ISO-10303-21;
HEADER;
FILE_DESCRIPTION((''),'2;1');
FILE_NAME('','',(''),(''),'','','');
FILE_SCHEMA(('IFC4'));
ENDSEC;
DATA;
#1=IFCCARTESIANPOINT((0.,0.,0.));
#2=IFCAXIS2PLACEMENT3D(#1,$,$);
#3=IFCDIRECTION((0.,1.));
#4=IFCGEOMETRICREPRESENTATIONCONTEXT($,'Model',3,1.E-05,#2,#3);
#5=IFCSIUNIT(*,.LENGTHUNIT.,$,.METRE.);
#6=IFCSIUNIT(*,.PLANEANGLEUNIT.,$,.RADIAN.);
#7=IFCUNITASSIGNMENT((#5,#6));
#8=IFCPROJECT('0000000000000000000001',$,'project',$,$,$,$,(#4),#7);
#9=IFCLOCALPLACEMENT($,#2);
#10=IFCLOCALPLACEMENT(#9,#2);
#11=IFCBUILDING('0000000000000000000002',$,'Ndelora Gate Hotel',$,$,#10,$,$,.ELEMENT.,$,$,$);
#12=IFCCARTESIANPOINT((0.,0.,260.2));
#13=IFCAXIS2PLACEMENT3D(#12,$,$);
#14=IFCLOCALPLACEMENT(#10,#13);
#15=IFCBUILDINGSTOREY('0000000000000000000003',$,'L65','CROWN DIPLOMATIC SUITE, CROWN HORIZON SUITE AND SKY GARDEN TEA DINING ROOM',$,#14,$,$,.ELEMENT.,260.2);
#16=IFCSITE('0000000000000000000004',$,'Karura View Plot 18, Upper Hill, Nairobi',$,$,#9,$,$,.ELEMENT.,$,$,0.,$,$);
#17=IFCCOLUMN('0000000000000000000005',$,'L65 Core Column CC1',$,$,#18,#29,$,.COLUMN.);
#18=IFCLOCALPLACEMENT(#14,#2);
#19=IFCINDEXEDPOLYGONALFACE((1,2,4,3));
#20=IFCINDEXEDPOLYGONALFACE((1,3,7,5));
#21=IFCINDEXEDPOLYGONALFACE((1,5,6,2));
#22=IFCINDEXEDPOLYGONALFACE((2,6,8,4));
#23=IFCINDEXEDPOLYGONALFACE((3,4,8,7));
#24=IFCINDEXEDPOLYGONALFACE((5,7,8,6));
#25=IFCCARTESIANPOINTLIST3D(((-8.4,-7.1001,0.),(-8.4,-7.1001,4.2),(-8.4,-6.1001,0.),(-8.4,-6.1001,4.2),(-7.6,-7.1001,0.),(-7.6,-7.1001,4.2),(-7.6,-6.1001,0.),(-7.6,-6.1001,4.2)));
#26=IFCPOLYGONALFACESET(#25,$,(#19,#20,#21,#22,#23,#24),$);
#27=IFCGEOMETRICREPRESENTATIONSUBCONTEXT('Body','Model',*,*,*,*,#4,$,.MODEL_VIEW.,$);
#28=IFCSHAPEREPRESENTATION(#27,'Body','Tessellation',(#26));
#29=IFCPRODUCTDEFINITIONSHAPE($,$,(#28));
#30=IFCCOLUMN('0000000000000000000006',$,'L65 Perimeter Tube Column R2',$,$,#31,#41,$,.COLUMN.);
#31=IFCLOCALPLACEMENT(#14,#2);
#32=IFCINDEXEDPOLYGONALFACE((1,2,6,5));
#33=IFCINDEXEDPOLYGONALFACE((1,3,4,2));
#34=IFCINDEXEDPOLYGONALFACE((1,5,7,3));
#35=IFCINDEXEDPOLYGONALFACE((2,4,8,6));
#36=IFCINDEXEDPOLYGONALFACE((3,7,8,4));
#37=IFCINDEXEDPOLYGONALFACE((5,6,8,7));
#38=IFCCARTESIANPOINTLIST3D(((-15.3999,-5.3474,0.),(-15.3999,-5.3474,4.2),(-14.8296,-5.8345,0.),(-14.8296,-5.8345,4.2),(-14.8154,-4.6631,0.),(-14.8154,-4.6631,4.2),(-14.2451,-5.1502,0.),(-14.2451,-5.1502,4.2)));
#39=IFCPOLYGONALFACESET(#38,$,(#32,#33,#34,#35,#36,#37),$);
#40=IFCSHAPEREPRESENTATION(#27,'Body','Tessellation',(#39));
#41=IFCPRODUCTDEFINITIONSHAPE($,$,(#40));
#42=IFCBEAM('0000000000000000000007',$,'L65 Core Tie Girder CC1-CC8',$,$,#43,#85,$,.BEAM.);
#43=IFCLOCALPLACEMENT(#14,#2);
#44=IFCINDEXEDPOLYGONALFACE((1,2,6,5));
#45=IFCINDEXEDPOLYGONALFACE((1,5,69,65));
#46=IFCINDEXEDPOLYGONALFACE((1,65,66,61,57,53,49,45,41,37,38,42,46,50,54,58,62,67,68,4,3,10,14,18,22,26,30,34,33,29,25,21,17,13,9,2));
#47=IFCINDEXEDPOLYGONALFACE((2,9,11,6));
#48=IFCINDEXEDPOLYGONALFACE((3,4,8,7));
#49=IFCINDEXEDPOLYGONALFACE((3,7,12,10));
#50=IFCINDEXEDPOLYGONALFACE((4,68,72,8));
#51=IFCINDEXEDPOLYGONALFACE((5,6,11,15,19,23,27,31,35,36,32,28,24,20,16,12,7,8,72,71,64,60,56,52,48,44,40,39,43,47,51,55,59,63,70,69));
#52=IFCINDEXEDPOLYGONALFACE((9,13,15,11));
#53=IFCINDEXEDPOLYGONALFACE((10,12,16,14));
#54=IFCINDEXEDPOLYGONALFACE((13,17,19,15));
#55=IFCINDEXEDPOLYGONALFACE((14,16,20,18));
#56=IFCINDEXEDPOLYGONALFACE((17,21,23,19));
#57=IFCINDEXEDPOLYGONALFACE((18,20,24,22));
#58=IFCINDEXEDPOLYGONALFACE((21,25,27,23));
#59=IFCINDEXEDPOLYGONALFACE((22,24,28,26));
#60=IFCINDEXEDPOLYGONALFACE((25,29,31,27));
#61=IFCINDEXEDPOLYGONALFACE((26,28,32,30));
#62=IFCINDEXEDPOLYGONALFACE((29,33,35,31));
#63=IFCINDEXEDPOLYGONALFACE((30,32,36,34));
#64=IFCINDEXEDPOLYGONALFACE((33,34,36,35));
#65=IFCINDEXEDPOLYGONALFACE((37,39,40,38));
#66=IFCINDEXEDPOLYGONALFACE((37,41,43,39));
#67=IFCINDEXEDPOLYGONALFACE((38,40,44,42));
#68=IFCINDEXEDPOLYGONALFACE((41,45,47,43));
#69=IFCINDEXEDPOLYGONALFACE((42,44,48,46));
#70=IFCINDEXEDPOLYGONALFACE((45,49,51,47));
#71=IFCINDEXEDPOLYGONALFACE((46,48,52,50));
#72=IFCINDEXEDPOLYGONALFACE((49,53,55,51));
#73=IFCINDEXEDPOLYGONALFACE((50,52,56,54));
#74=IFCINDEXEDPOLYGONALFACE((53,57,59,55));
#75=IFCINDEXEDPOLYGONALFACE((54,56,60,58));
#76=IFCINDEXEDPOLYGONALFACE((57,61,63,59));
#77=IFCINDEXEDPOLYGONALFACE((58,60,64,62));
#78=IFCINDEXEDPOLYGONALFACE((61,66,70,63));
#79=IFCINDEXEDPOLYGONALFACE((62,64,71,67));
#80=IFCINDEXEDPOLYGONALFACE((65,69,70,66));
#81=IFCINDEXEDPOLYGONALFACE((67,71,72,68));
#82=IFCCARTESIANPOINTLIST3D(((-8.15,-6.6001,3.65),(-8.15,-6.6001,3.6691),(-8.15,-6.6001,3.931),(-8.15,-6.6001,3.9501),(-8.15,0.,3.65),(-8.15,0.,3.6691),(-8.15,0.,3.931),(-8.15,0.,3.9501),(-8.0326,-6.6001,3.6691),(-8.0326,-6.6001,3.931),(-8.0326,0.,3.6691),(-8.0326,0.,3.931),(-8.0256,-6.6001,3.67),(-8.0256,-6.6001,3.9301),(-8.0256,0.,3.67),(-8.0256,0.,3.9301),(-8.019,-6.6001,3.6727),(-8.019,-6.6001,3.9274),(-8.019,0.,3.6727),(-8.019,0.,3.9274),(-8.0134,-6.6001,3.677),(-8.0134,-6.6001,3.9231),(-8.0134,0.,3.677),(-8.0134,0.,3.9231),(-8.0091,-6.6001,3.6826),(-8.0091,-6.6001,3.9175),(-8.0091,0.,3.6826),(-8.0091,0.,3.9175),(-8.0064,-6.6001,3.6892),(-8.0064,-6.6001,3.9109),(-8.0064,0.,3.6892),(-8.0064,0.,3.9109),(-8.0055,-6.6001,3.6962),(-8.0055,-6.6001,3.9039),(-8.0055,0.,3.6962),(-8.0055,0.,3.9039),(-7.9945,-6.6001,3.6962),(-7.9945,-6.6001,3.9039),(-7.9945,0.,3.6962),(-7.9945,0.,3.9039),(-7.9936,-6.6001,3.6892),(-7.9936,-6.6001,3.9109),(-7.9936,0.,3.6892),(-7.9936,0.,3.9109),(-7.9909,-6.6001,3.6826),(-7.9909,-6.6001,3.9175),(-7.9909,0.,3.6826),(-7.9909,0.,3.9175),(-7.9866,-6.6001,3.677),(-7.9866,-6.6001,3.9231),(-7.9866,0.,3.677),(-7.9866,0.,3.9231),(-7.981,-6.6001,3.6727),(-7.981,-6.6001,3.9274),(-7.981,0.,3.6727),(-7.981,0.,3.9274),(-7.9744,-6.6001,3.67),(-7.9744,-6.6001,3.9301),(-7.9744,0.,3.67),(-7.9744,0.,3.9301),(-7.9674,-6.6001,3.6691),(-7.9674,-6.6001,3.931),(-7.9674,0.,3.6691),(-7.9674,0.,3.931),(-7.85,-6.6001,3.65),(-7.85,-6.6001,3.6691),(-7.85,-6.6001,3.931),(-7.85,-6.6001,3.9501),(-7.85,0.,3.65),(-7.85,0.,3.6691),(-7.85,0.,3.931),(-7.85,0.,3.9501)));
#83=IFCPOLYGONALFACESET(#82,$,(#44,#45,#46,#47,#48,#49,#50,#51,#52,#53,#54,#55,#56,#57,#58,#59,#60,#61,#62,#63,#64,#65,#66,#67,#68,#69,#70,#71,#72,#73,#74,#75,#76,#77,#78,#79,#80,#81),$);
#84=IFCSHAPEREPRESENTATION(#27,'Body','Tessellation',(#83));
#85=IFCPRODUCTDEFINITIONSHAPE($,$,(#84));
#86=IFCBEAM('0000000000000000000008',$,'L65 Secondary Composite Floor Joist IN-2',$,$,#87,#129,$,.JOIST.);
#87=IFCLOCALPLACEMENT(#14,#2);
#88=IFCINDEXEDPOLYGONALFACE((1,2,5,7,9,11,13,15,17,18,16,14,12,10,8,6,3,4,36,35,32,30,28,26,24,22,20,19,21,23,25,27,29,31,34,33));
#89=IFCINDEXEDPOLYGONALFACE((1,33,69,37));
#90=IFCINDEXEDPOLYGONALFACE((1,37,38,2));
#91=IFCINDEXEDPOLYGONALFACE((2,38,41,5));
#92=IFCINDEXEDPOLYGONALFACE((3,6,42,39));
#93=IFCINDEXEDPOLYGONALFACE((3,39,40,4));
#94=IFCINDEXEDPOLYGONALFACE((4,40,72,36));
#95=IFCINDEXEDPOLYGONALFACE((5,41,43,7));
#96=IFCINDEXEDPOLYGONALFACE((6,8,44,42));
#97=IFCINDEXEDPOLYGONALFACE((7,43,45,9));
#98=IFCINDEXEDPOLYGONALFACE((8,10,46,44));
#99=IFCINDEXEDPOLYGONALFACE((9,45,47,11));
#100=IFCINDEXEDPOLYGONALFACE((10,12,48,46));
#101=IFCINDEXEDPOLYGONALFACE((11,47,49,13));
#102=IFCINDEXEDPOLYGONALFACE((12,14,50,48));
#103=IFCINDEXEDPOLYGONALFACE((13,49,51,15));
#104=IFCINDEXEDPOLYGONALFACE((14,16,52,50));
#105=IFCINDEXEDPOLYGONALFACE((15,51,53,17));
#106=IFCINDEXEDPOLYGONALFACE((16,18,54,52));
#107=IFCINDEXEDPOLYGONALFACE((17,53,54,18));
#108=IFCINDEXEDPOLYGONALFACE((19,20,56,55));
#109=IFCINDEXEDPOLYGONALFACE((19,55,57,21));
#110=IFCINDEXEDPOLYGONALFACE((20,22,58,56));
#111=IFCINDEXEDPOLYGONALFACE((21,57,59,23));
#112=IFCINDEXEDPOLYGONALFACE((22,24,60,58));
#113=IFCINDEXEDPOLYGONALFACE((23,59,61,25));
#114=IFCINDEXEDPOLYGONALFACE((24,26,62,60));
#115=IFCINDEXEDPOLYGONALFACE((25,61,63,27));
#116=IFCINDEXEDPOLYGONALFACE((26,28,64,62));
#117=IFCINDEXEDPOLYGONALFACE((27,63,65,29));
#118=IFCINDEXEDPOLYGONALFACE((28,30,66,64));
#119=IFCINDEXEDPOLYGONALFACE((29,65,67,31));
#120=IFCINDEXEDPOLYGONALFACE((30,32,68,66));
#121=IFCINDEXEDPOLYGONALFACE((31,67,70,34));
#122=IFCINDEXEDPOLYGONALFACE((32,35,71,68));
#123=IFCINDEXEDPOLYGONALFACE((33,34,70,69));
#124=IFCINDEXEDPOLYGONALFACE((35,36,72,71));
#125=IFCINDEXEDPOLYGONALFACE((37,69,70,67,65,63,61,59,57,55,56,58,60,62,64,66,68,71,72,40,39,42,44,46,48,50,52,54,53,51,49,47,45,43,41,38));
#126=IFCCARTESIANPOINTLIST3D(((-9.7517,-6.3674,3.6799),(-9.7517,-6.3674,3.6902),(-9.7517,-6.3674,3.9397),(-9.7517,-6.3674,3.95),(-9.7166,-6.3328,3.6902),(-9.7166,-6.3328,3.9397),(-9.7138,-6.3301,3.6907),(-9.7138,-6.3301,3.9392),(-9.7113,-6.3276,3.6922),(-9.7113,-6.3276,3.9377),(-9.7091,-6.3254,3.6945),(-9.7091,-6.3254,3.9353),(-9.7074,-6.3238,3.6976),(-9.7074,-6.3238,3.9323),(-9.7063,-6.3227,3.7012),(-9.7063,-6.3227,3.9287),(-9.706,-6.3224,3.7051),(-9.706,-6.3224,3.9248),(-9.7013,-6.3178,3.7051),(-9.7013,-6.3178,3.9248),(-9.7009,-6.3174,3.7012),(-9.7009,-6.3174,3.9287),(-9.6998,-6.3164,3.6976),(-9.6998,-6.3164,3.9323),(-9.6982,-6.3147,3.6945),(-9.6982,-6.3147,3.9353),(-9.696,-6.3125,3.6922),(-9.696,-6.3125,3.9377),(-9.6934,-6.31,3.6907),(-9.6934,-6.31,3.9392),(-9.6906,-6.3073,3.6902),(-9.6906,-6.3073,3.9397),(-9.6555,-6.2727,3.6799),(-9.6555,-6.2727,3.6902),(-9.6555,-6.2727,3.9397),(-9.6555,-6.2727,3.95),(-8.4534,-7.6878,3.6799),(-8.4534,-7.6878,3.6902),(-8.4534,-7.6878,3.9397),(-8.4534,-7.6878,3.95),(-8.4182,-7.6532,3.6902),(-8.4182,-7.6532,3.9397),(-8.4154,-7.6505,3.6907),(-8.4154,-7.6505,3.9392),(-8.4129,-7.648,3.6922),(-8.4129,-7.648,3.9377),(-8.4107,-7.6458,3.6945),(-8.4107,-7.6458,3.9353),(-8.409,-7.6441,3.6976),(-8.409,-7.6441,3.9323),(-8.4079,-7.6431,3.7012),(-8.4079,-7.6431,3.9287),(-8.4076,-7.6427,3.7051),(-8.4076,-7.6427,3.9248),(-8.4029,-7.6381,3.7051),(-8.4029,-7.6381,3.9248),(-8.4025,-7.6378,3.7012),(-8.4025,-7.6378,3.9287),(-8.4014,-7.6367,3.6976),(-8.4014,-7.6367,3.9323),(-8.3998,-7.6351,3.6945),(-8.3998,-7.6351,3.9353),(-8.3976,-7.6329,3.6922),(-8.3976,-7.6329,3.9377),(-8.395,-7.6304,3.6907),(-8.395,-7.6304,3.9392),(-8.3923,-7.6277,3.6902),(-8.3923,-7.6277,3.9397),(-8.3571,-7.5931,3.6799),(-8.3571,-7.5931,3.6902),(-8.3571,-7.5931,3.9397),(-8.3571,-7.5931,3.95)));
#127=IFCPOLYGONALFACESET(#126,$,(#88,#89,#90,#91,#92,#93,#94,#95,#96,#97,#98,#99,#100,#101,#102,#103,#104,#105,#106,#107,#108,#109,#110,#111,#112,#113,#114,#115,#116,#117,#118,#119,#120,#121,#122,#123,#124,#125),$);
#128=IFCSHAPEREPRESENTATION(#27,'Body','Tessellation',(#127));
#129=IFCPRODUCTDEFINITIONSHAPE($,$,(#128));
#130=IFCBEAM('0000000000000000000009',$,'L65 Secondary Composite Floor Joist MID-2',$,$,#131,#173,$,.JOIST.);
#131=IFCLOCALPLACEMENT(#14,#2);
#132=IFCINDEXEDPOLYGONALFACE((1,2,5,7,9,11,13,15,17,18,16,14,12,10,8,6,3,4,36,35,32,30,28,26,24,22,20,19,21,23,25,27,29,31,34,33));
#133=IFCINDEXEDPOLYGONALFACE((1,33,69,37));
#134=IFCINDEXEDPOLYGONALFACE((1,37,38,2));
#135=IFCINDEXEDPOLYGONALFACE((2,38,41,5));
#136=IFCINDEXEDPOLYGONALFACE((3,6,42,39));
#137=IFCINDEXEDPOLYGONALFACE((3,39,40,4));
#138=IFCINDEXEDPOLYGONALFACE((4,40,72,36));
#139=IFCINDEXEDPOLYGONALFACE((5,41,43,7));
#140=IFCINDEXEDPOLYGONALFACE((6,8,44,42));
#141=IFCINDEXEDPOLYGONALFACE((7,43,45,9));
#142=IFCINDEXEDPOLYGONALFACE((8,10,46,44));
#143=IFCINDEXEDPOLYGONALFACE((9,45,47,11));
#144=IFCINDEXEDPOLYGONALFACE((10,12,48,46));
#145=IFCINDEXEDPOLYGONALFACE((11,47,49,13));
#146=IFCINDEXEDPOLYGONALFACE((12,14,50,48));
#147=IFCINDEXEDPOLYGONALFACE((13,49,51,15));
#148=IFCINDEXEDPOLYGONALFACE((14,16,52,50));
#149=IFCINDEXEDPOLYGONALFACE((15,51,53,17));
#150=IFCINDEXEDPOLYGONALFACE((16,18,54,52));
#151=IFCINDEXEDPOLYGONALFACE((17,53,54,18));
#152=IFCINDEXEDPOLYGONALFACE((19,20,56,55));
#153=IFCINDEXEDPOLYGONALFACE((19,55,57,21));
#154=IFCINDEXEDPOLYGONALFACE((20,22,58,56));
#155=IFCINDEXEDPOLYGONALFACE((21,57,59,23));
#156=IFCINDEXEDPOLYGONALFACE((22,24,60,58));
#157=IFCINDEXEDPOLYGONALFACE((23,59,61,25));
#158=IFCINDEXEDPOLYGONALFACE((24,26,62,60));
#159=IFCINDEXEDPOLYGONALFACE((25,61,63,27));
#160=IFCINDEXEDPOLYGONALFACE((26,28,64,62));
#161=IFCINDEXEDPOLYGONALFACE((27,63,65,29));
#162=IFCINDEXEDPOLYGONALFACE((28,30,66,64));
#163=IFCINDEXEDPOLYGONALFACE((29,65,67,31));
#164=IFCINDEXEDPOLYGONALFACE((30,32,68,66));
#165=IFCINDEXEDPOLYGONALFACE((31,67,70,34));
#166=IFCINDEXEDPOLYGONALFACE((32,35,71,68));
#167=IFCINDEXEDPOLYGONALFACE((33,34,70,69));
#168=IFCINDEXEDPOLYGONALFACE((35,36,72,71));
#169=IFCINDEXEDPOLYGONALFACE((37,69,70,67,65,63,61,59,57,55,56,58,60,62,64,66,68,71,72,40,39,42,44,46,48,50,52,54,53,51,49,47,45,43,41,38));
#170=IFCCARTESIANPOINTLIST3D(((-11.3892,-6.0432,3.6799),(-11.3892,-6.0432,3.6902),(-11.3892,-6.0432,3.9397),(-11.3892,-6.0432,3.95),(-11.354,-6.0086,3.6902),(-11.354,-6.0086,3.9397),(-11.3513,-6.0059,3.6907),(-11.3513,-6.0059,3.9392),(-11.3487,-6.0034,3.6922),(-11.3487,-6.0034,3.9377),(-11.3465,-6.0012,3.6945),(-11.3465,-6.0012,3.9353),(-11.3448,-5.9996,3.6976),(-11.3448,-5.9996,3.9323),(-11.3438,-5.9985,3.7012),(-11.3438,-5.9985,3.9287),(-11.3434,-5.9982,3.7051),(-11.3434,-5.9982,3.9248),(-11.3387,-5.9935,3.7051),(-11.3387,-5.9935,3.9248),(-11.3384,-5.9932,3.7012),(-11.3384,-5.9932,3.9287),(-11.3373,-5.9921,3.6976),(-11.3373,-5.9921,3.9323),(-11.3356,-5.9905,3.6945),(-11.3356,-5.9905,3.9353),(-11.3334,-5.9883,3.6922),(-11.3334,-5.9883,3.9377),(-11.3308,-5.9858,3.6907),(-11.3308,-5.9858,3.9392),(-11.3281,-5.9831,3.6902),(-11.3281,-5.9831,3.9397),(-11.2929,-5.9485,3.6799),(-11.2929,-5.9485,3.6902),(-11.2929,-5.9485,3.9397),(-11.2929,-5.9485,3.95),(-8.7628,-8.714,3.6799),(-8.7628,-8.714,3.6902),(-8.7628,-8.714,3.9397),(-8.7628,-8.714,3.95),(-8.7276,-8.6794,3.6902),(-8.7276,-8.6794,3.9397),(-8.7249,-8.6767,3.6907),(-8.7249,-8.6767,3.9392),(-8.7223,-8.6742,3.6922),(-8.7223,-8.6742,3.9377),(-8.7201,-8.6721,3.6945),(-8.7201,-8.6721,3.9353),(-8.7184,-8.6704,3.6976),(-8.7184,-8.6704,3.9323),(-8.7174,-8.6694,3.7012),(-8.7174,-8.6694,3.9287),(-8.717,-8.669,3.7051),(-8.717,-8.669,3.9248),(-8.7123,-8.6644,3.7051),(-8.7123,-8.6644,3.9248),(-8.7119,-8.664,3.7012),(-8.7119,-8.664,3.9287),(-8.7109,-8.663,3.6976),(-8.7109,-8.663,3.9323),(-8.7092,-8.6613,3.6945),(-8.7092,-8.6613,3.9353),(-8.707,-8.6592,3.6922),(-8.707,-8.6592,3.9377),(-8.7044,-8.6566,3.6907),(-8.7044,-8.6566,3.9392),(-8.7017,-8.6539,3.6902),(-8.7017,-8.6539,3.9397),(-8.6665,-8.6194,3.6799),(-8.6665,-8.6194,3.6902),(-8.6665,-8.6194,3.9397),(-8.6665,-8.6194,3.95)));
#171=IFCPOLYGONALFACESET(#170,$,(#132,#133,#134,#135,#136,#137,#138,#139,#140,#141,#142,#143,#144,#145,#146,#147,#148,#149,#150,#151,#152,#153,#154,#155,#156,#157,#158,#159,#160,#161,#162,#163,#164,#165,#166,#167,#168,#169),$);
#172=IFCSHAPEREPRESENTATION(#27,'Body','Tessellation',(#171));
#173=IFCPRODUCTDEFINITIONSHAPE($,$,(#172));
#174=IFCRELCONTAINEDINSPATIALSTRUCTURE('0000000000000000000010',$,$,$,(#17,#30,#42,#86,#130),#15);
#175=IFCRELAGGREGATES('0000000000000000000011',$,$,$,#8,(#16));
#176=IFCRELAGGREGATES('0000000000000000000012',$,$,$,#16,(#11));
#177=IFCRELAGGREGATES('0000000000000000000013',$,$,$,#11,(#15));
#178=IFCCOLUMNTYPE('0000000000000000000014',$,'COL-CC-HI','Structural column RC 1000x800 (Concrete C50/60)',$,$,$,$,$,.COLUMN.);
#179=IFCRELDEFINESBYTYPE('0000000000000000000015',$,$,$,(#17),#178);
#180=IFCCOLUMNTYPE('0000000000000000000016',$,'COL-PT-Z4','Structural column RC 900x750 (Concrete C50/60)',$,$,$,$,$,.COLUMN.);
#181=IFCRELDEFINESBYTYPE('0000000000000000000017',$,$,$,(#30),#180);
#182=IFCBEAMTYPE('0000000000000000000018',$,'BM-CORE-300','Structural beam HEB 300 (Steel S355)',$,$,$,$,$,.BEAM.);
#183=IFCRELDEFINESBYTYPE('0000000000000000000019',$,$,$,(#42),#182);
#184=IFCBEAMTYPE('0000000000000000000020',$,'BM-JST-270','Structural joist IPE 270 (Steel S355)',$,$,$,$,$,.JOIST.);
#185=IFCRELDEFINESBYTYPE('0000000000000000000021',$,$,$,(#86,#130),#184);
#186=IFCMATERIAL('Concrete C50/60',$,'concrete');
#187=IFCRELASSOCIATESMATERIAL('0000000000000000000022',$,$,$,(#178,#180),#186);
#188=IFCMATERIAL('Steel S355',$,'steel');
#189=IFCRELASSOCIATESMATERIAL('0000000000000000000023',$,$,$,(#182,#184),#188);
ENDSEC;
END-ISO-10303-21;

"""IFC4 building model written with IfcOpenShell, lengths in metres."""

from ifc_helpers import new_model, si_unit, direction, frame, origin, origin_2d, place, context, subcontext, project, spatial, rectangle, i_section, extrude, material, material_profile, profile_set, type_object, element, save


model = new_model("IFC4")

# Units and contexts
model_context = context("Model", 3, precision=1e-05, world=origin(), true_north=direction((0.0, 1.0)))
body_context = subcontext(model_context, "Body", "Model", "MODEL_VIEW")
ifc_project = project(units=[si_unit("LENGTHUNIT", "METRE"), si_unit("PLANEANGLEUNIT", "RADIAN")], contexts=[model_context])

# Site, building, storey
site_placement = place(None, origin())
site = spatial("IfcSite", under=ifc_project, at=site_placement, Name="Karura View Plot 18, Upper Hill, Nairobi", CompositionType="ELEMENT", RefElevation=0.0)
building_placement = place(site_placement, origin())
building = spatial("IfcBuilding", under=site, at=building_placement, Name="Ndelora Gate Hotel", CompositionType="ELEMENT")
storey_placement = place(building_placement, frame((0.0, 0.0, 260.2)))
storey = spatial("IfcBuildingStorey", under=building, at=storey_placement, Name="L65", Description="CROWN DIPLOMATIC SUITE, CROWN HORIZON SUITE AND SKY GARDEN TEA DINING ROOM", CompositionType="ELEMENT", Elevation=260.2)

# Columns
ifc_material_1 = material(Name="Concrete C50/60", Category="concrete")
ifc_material_profile_1 = material_profile(ifc_material_1, rectangle(XDim=0.8, YDim=1.0, at=origin_2d()), Name="RC 1000x800")
ifc_profile_set_1 = profile_set([ifc_material_profile_1], Name="Concrete C50/60")
column_type_1 = type_object("IfcColumnType", Name="COL-CC-HI", Description="Structural column RC 1000x800 (Concrete C50/60)", PredefinedType="COLUMN", material=ifc_profile_set_1)
column_1_placement = place(storey_placement, frame((-8.0, -6.6001, 0.0), z_axis=(0.0, 0.0, 1.0), x_axis=(1.0, 0.0, 0.0)))
element("IfcColumn", 1, at=column_1_placement, inside=storey, type_object=column_type_1, Name="L65 Core Column CC1", PredefinedType="COLUMN", context=body_context, shape_type="SweptSolid", body=[
    extrude(rectangle(XDim=0.8, YDim=1.0, at=origin_2d()), origin(), (0.0, 0.0, 1.0), 4.2),
])
ifc_material_profile_2 = material_profile(ifc_material_1, rectangle(XDim=0.75, YDim=0.8999, at=origin_2d()), Name="RC 900x750")
ifc_profile_set_2 = profile_set([ifc_material_profile_2], Name="Concrete C50/60")
column_type_2 = type_object("IfcColumnType", Name="COL-PT-Z4", Description="Structural column RC 900x750 (Concrete C50/60)", PredefinedType="COLUMN", material=ifc_profile_set_2)
column_2_placement = place(storey_placement, frame((-14.8225, -5.2488, 0.0), z_axis=(0.0, 0.0, 1.0), x_axis=(-0.760406, 0.649448, 0.0)))
element("IfcColumn", 2, at=column_2_placement, inside=storey, type_object=column_type_2, Name="L65 Perimeter Tube Column R2", PredefinedType="COLUMN", context=body_context, shape_type="SweptSolid", body=[
    extrude(rectangle(XDim=0.75, YDim=0.8999, at=origin_2d()), origin(), (0.0, 0.0, 1.0), 4.2),
])

# Beams
ifc_material_2 = material(Name="Steel S355", Category="steel")
ifc_material_profile_3 = material_profile(ifc_material_2, i_section(OverallWidth=0.3, OverallDepth=0.3, WebThickness=0.011, FlangeThickness=0.019, FilletRadius=0.0271, at=origin_2d()), Name="HEB 300")
ifc_profile_set_3 = profile_set([ifc_material_profile_3], Name="Steel S355")
beam_type_1 = type_object("IfcBeamType", Name="BM-CORE-300", Description="Structural beam HEB 300 (Steel S355)", PredefinedType="BEAM", material=ifc_profile_set_3)
beam_1_placement = place(storey_placement, frame((-8.0, -6.6001, 3.8), z_axis=(0.0, 1.0, 0.0), x_axis=(-1.0, 0.0, 0.0)))
element("IfcBeam", 3, at=beam_1_placement, inside=storey, type_object=beam_type_1, Name="L65 Core Tie Girder CC1-CC8", PredefinedType="BEAM", context=body_context, shape_type="SweptSolid", body=[
    extrude(i_section(OverallWidth=0.3, OverallDepth=0.3, WebThickness=0.011, FlangeThickness=0.019, FilletRadius=0.0271, at=origin_2d()), origin(), (0.0, 0.0, 1.0), 6.6001),
])
ifc_material_profile_4 = material_profile(ifc_material_2, i_section(OverallWidth=0.135, OverallDepth=0.27, WebThickness=0.0066, FlangeThickness=0.0103, FilletRadius=0.0149, at=origin_2d()), Name="IPE 270")
ifc_profile_set_4 = profile_set([ifc_material_profile_4], Name="Steel S355")
beam_type_2 = type_object("IfcBeamType", Name="BM-JST-270", Description="Structural joist IPE 270 (Steel S355)", PredefinedType="JOIST", material=ifc_profile_set_4)
beam_2_placement = place(storey_placement, frame((-9.7036, -6.3201, 3.8149), z_axis=(0.701149, -0.713015, 0.0), x_axis=(0.713015, 0.701149, 0.0)))
element("IfcBeam", 4, at=beam_2_placement, inside=storey, type_object=beam_type_2, Name="L65 Secondary Composite Floor Joist IN-2", PredefinedType="JOIST", context=body_context, shape_type="SweptSolid", body=[
    extrude(i_section(OverallWidth=0.135, OverallDepth=0.27, WebThickness=0.0066, FlangeThickness=0.0103, FilletRadius=0.0149, at=origin_2d()), origin(), (0.0, 0.0, 1.0), 1.8518),
])
beam_3_placement = place(storey_placement, frame((-11.3411, -5.9958, 3.8149), z_axis=(0.701151, -0.713013, 0.0), x_axis=(0.713013, 0.701151, 0.0)))
element("IfcBeam", 5, at=beam_3_placement, inside=storey, type_object=beam_type_2, Name="L65 Secondary Composite Floor Joist MID-2", PredefinedType="JOIST", context=body_context, shape_type="SweptSolid", body=[
    extrude(i_section(OverallWidth=0.135, OverallDepth=0.27, WebThickness=0.0066, FlangeThickness=0.0103, FilletRadius=0.0149, at=origin_2d()), origin(), (0.0, 0.0, 1.0), 3.7458),
])

save(model, "model.ifc")
